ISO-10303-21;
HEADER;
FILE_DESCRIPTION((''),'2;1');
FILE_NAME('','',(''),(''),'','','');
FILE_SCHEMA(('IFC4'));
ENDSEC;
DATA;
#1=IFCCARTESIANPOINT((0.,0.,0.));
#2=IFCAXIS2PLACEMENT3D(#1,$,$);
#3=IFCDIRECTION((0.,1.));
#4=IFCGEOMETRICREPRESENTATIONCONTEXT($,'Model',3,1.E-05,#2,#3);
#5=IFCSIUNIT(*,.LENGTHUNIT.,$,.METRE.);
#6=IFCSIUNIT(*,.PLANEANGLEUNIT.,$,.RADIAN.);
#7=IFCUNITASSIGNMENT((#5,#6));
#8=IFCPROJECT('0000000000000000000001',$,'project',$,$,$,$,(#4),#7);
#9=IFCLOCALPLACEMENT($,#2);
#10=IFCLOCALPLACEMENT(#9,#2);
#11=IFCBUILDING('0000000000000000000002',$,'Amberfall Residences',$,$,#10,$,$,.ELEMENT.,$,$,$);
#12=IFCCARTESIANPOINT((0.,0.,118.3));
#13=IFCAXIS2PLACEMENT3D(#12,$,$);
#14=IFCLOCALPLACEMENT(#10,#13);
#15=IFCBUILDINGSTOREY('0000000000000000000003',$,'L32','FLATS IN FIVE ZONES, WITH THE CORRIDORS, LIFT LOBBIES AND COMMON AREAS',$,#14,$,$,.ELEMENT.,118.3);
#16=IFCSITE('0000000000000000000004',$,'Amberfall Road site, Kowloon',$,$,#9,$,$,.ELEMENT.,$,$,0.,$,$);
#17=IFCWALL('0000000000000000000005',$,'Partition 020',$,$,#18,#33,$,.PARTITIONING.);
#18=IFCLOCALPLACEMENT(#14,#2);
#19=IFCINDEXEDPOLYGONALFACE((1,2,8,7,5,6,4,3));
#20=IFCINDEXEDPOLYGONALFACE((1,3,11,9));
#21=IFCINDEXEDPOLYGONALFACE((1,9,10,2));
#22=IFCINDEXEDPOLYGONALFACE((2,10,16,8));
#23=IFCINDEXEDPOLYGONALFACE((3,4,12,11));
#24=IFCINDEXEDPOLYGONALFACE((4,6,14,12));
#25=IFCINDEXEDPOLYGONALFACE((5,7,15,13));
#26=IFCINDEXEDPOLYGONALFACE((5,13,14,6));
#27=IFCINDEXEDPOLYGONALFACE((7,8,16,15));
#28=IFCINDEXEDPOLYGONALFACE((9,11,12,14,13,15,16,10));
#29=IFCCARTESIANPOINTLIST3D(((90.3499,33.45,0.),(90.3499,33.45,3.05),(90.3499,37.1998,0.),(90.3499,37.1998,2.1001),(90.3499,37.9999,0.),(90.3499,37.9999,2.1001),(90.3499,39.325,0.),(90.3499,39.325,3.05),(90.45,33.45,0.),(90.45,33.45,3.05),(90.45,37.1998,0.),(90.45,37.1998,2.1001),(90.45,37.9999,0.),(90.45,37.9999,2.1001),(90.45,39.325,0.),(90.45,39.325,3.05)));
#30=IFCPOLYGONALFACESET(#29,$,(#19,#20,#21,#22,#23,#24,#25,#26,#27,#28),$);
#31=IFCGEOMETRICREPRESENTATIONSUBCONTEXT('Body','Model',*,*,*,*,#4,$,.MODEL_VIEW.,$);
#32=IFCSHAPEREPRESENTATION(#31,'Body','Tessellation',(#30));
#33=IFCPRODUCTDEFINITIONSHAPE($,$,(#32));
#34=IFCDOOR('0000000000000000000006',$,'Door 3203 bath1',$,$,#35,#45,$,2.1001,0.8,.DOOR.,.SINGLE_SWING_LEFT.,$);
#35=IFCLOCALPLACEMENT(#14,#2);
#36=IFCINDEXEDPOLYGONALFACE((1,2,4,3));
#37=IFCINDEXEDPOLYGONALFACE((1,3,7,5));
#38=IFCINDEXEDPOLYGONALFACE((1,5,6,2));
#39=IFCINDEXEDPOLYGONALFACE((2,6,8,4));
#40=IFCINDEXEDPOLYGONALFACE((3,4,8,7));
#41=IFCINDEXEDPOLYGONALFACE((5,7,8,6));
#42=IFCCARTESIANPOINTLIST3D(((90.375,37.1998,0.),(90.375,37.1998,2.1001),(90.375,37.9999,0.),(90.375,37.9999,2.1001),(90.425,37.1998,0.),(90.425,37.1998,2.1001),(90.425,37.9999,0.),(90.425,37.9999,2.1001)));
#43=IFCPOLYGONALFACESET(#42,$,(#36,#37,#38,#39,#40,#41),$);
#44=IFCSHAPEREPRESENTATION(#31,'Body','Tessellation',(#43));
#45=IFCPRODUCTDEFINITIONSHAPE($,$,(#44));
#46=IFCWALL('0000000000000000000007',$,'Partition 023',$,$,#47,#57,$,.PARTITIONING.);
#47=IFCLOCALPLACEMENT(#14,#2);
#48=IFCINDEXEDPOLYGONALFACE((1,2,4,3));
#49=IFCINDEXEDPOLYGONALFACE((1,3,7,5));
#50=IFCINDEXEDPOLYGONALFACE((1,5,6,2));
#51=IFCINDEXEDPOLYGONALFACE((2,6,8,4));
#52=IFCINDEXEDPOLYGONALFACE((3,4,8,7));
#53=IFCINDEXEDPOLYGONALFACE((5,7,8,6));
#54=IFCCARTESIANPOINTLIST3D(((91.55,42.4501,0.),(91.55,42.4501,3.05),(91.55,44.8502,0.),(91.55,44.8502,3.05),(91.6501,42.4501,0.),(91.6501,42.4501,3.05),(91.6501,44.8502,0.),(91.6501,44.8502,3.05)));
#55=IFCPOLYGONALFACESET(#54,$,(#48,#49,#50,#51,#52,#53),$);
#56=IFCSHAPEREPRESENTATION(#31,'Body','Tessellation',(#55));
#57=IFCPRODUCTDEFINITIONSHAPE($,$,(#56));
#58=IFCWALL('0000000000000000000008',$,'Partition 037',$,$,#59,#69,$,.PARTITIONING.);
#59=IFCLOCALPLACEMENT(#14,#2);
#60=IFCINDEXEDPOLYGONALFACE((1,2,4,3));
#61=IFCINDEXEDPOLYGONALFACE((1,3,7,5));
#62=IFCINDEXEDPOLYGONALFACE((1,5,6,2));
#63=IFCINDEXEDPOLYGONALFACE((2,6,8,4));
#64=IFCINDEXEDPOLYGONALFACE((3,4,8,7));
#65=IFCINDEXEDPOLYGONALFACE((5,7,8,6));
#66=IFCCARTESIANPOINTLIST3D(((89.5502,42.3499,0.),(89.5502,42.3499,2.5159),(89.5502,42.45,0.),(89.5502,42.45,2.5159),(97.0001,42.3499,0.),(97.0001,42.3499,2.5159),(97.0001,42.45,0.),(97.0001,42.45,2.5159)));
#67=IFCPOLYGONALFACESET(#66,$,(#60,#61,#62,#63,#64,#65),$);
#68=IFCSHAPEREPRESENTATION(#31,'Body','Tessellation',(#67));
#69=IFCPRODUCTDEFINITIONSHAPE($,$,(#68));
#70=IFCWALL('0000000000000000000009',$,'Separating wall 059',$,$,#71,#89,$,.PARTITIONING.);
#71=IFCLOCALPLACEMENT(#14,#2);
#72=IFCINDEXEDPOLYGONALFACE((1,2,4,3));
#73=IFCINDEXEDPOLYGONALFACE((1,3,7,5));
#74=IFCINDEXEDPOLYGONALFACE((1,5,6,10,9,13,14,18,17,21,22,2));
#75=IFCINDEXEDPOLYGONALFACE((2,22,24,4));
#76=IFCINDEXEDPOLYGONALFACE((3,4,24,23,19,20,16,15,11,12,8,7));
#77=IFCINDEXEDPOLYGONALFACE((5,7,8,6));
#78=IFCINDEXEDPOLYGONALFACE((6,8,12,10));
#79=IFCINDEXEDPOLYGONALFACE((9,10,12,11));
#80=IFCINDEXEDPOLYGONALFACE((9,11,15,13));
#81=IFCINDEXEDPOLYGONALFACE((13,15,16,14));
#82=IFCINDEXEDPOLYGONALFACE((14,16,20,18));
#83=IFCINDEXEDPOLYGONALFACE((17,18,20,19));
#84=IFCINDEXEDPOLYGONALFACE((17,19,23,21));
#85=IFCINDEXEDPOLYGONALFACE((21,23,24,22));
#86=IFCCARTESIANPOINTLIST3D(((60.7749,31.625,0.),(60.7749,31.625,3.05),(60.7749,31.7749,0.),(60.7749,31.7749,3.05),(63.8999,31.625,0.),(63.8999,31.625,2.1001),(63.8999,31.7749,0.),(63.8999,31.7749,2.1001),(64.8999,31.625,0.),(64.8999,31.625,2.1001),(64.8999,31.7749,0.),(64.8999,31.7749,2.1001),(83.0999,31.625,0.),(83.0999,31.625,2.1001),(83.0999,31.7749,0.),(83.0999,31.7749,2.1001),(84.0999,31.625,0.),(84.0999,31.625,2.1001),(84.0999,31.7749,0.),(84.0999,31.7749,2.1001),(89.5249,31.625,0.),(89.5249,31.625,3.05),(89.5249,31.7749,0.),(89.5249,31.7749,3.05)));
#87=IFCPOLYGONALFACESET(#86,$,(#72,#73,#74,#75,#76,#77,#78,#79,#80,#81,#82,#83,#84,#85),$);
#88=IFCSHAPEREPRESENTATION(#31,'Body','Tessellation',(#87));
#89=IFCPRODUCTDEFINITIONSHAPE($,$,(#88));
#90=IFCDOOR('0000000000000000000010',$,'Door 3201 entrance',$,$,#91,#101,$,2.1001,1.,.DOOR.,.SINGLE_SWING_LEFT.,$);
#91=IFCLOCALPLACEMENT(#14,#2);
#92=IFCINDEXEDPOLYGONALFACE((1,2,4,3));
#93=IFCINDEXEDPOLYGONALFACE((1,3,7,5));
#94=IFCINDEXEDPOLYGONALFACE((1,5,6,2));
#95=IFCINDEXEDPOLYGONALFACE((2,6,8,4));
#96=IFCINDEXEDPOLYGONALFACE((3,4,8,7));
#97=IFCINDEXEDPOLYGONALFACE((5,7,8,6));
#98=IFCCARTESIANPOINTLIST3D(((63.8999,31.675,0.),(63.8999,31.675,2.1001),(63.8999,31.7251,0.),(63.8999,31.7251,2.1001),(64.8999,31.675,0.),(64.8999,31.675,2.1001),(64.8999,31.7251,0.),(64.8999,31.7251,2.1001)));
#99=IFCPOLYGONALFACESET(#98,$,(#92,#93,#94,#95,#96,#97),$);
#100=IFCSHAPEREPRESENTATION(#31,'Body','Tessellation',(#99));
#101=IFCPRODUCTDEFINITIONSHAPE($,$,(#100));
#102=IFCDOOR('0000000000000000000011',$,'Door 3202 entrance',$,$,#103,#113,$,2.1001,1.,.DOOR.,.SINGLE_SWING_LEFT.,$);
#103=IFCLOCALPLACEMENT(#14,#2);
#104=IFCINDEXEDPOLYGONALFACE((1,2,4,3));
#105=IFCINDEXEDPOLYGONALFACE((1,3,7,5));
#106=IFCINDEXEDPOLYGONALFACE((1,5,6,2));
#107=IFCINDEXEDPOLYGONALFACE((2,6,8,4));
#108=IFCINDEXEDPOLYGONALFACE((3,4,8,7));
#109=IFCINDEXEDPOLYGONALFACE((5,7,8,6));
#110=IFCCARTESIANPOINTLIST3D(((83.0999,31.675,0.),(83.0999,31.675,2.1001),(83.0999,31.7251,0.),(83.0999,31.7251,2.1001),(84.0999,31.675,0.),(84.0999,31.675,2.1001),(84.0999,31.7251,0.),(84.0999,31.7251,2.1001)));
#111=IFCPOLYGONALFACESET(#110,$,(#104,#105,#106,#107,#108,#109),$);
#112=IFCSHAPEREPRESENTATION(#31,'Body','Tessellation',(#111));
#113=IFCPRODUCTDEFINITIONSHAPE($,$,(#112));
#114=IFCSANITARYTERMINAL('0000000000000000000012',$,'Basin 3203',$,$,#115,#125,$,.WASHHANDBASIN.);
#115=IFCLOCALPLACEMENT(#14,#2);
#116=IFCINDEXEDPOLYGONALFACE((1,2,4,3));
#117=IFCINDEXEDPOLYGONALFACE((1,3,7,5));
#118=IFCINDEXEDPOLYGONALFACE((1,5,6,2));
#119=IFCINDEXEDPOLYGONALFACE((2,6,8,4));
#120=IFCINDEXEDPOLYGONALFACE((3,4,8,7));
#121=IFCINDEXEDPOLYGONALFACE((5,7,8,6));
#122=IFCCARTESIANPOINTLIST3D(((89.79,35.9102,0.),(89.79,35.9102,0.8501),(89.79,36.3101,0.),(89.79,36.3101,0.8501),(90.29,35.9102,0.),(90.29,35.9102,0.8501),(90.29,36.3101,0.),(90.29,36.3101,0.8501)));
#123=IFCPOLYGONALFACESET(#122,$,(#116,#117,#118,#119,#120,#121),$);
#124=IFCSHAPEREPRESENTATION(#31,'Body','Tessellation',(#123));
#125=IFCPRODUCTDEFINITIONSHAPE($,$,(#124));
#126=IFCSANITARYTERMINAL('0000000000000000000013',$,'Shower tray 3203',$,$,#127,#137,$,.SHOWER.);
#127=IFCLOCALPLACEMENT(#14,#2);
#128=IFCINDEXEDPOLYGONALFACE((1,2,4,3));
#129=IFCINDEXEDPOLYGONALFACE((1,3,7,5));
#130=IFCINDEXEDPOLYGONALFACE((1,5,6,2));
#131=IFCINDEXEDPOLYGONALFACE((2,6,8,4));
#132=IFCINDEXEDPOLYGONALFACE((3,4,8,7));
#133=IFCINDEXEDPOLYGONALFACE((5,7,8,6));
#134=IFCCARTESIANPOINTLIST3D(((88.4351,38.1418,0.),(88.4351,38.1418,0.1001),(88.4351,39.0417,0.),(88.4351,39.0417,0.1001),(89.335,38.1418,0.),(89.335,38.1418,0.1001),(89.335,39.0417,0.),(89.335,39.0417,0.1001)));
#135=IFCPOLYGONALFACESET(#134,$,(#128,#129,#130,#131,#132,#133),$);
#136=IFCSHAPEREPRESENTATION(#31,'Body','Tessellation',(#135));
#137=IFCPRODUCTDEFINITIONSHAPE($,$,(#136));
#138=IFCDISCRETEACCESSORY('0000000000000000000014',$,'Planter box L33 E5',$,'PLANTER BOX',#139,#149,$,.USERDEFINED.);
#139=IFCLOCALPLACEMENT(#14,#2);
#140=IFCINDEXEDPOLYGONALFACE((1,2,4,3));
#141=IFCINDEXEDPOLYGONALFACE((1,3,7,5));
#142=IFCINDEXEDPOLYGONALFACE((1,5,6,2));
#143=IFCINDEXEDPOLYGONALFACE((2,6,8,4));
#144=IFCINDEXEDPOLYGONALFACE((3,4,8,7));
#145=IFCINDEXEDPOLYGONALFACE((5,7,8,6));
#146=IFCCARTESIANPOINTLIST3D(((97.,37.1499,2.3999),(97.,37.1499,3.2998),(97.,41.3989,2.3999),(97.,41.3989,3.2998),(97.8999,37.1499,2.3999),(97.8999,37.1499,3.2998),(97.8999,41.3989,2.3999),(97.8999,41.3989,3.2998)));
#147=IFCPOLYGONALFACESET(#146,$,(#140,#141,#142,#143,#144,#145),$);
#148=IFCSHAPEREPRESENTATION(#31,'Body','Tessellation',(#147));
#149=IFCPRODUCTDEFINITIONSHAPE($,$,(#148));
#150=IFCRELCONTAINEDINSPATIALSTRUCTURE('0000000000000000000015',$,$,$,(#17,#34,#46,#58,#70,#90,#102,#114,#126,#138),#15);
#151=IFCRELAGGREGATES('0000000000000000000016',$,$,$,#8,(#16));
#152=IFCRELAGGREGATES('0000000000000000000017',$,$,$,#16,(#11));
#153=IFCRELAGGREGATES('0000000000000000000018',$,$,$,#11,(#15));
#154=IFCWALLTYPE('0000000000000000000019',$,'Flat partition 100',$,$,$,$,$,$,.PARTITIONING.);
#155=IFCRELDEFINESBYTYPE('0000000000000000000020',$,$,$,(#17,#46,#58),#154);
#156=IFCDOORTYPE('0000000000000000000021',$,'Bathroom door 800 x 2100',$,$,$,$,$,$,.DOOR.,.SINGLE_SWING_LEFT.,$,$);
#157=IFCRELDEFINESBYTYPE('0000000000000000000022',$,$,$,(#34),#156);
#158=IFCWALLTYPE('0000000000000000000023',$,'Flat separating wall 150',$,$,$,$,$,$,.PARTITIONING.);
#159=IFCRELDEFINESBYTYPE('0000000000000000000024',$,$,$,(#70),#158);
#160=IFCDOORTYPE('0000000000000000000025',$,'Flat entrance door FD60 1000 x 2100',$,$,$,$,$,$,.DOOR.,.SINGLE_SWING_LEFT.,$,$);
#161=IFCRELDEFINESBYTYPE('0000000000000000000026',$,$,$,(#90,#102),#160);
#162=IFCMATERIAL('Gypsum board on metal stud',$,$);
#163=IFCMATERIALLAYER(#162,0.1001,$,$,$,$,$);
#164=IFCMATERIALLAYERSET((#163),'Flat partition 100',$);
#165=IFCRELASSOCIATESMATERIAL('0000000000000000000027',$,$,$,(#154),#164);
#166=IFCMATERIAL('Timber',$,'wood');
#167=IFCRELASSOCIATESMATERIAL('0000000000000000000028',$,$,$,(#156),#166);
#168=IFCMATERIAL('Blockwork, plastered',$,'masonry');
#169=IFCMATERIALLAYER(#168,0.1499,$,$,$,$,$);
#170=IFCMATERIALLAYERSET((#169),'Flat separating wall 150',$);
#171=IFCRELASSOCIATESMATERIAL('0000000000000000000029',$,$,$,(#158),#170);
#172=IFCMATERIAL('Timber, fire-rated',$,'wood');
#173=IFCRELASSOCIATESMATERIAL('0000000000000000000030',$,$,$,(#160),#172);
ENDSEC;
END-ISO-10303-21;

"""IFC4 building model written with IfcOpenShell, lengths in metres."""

from ifc_helpers import new_model, si_unit, direction, frame, frame_2d, origin, origin_2d, place, context, subcontext, project, spatial, rectangle, extrude, material, layer, layer_set, type_object, element, fill, save


model = new_model("IFC4")

# Units and contexts
model_context = context("Model", 3, precision=1e-05, world=origin(), true_north=direction((0.0, 1.0)))
body_context = subcontext(model_context, "Body", "Model", "MODEL_VIEW")
ifc_project = project(units=[si_unit("LENGTHUNIT", "METRE"), si_unit("PLANEANGLEUNIT", "RADIAN")], contexts=[model_context])

# Site, building, storey
site_placement = place(None, origin())
site = spatial("IfcSite", under=ifc_project, at=site_placement, Name="Amberfall Road site, Kowloon", CompositionType="ELEMENT", RefElevation=0.0)
building_placement = place(site_placement, origin())
building = spatial("IfcBuilding", under=site, at=building_placement, Name="Amberfall Residences", CompositionType="ELEMENT")
storey_placement = place(building_placement, frame((0.0, 0.0, 118.3)))
storey = spatial("IfcBuildingStorey", under=building, at=storey_placement, Name="L32", Description="FLATS IN FIVE ZONES, WITH THE CORRIDORS, LIFT LOBBIES AND COMMON AREAS", CompositionType="ELEMENT", Elevation=118.3)

# Wall, opening, door
ifc_material_1 = material(Name="Gypsum board on metal stud")
ifc_layer_1 = layer(ifc_material_1, 0.1001)
ifc_layer_set_1 = layer_set([ifc_layer_1], Name="Flat partition 100")
wall_type_1 = type_object("IfcWallType", Name="Flat partition 100", PredefinedType="PARTITIONING", material=ifc_layer_set_1)
wall_1_placement = place(storey_placement, frame((90.3999, 33.45, 0.0), z_axis=(0.0, 0.0, 1.0), x_axis=(0.0, 1.0, 0.0)))
wall_1 = element("IfcWall", 1, at=wall_1_placement, inside=storey, type_object=wall_type_1, Name="Partition 020", PredefinedType="PARTITIONING", context=body_context, shape_type="SweptSolid", body=[
    extrude(rectangle(XDim=5.875, YDim=0.1001, at=frame_2d((2.9375, 0.0))), origin(), (0.0, 0.0, 1.0), 3.05),
])
opening_1_placement = place(wall_1_placement, frame((3.75, 0.0, 0.0)))
opening_1 = element("IfcOpeningElement", 2, at=opening_1_placement, cuts=wall_1, PredefinedType="OPENING", context=body_context, shape_type="SweptSolid", body=[
    extrude(rectangle(XDim=0.8, YDim=2.1001, at=frame_2d((0.3999, 1.05))), frame((0.0, 0.0601, 0.0), z_axis=(0.0, -1.0, 0.0), x_axis=(1.0, 0.0, 0.0)), (0.0, 0.0, 1.0), 0.1201),
])
ifc_material_2 = material(Name="Timber", Category="wood")
door_type_1 = type_object("IfcDoorType", Name="Bathroom door 800 x 2100", OperationType="SINGLE_SWING_LEFT", PredefinedType="DOOR", material=ifc_material_2)
door_1_placement = place(opening_1_placement, origin())
door_1 = element("IfcDoor", 3, at=door_1_placement, inside=storey, type_object=door_type_1, Name="Door 3203 bath1", OperationType="SINGLE_SWING_LEFT", OverallHeight=2.1001, OverallWidth=0.8, PredefinedType="DOOR", context=body_context, shape_type="SweptSolid", body=[
    extrude(rectangle(XDim=0.8, YDim=2.1001, at=frame_2d((0.3999, 1.05))), frame((0.0, 0.0249, 0.0), z_axis=(0.0, -1.0, 0.0), x_axis=(1.0, 0.0, 0.0)), (0.0, 0.0, 1.0), 0.05),
])
fill(opening_1, door_1)

# Walls
wall_2_placement = place(storey_placement, frame((91.6001, 42.45, 0.0), z_axis=(0.0, 0.0, 1.0), x_axis=(0.0, 1.0, 0.0)))
element("IfcWall", 4, at=wall_2_placement, inside=storey, type_object=wall_type_1, Name="Partition 023", PredefinedType="PARTITIONING", context=body_context, shape_type="SweptSolid", body=[
    extrude(rectangle(XDim=2.4001, YDim=0.1001, at=frame_2d((1.2002, 0.0))), origin(), (0.0, 0.0, 1.0), 3.05),
])
wall_3_placement = place(storey_placement, frame((89.55, 42.3999, 0.0), z_axis=(0.0, 0.0, 1.0), x_axis=(1.0, 0.0, 0.0)))
element("IfcWall", 5, at=wall_3_placement, inside=storey, type_object=wall_type_1, Name="Partition 037", PredefinedType="PARTITIONING", context=body_context, shape_type="SweptSolid", body=[
    extrude(rectangle(XDim=7.45, YDim=0.1001, at=frame_2d((3.7251, 0.0))), origin(), (0.0, 0.0, 1.0), 2.5159),
])

# Wall, openings, doors
ifc_material_3 = material(Name="Blockwork, plastered", Category="masonry")
ifc_layer_2 = layer(ifc_material_3, 0.1499)
ifc_layer_set_2 = layer_set([ifc_layer_2], Name="Flat separating wall 150")
wall_type_2 = type_object("IfcWallType", Name="Flat separating wall 150", PredefinedType="PARTITIONING", material=ifc_layer_set_2)
wall_4_placement = place(storey_placement, frame((89.5249, 31.7, 0.0), z_axis=(0.0, 0.0, 1.0), x_axis=(-1.0, 0.0, 0.0)))
wall_4 = element("IfcWall", 6, at=wall_4_placement, inside=storey, type_object=wall_type_2, Name="Separating wall 059", PredefinedType="PARTITIONING", context=body_context, shape_type="SweptSolid", body=[
    extrude(rectangle(XDim=28.75, YDim=0.1499, at=frame_2d((14.375, 0.0))), origin(), (0.0, 0.0, 1.0), 3.05),
])
opening_2_placement = place(wall_4_placement, frame((24.625, 0.0, 0.0)))
opening_2 = element("IfcOpeningElement", 7, at=opening_2_placement, cuts=wall_4, PredefinedType="OPENING", context=body_context, shape_type="SweptSolid", body=[
    extrude(rectangle(XDim=1.0, YDim=2.1001, at=frame_2d((0.5, 1.05))), frame((0.0, 0.085, 0.0), z_axis=(0.0, -1.0, 0.0), x_axis=(1.0, 0.0, 0.0)), (0.0, 0.0, 1.0), 0.1699),
])
opening_3_placement = place(wall_4_placement, frame((5.425, 0.0, 0.0)))
opening_3 = element("IfcOpeningElement", 8, at=opening_3_placement, cuts=wall_4, PredefinedType="OPENING", context=body_context, shape_type="SweptSolid", body=[
    extrude(rectangle(XDim=1.0, YDim=2.1001, at=frame_2d((0.5, 1.05))), frame((0.0, 0.085, 0.0), z_axis=(0.0, -1.0, 0.0), x_axis=(1.0, 0.0, 0.0)), (0.0, 0.0, 1.0), 0.1699),
])
ifc_material_4 = material(Name="Timber, fire-rated", Category="wood")
door_type_2 = type_object("IfcDoorType", Name="Flat entrance door FD60 1000 x 2100", OperationType="SINGLE_SWING_LEFT", PredefinedType="DOOR", material=ifc_material_4)
door_2_placement = place(opening_2_placement, origin())
door_2 = element("IfcDoor", 9, at=door_2_placement, inside=storey, type_object=door_type_2, Name="Door 3201 entrance", OperationType="SINGLE_SWING_LEFT", OverallHeight=2.1001, OverallWidth=1.0, PredefinedType="DOOR", context=body_context, shape_type="SweptSolid", body=[
    extrude(rectangle(XDim=1.0, YDim=2.1001, at=frame_2d((0.5, 1.05))), frame((0.0, 0.0249, 0.0), z_axis=(0.0, -1.0, 0.0), x_axis=(1.0, 0.0, 0.0)), (0.0, 0.0, 1.0), 0.05),
])
fill(opening_2, door_2)
door_3_placement = place(opening_3_placement, origin())
door_3 = element("IfcDoor", 10, at=door_3_placement, inside=storey, type_object=door_type_2, Name="Door 3202 entrance", OperationType="SINGLE_SWING_LEFT", OverallHeight=2.1001, OverallWidth=1.0, PredefinedType="DOOR", context=body_context, shape_type="SweptSolid", body=[
    extrude(rectangle(XDim=1.0, YDim=2.1001, at=frame_2d((0.5, 1.05))), frame((0.0, 0.0249, 0.0), z_axis=(0.0, -1.0, 0.0), x_axis=(1.0, 0.0, 0.0)), (0.0, 0.0, 1.0), 0.05),
])
fill(opening_3, door_3)

# Sanitary terminals
sanitary_terminal_1_placement = place(storey_placement, frame((90.04, 36.1101, 0.0), z_axis=(0.0, 0.0, 1.0), x_axis=(1.0, 0.0, 0.0)))
element("IfcSanitaryTerminal", 11, at=sanitary_terminal_1_placement, inside=storey, Name="Basin 3203", PredefinedType="WASHHANDBASIN", context=body_context, shape_type="SweptSolid", body=[
    extrude(rectangle(XDim=0.5, YDim=0.3999, at=origin_2d()), origin(), (0.0, 0.0, 1.0), 0.8501),
])
sanitary_terminal_2_placement = place(storey_placement, frame((88.885, 38.5918, 0.0), z_axis=(0.0, 0.0, 1.0), x_axis=(1.0, 0.0, 0.0)))
element("IfcSanitaryTerminal", 12, at=sanitary_terminal_2_placement, inside=storey, Name="Shower tray 3203", PredefinedType="SHOWER", context=body_context, shape_type="SweptSolid", body=[
    extrude(rectangle(XDim=0.8999, YDim=0.8999, at=origin_2d()), origin(), (0.0, 0.0, 1.0), 0.1001),
])

# Discrete accessory
discrete_accessory_placement = place(storey_placement, frame((97.45, 39.2744, 2.3999), z_axis=(0.0, 0.0, 1.0), x_axis=(0.0, 1.0, 0.0)))
element("IfcDiscreteAccessory", 13, at=discrete_accessory_placement, inside=storey, Name="Planter box L33 E5", ObjectType="PLANTER BOX", PredefinedType="USERDEFINED", context=body_context, shape_type="SweptSolid", body=[
    extrude(rectangle(XDim=4.249, YDim=0.8999, at=origin_2d()), origin(), (0.0, 0.0, 1.0), 0.8999),
])

save(model, "model.ifc")
